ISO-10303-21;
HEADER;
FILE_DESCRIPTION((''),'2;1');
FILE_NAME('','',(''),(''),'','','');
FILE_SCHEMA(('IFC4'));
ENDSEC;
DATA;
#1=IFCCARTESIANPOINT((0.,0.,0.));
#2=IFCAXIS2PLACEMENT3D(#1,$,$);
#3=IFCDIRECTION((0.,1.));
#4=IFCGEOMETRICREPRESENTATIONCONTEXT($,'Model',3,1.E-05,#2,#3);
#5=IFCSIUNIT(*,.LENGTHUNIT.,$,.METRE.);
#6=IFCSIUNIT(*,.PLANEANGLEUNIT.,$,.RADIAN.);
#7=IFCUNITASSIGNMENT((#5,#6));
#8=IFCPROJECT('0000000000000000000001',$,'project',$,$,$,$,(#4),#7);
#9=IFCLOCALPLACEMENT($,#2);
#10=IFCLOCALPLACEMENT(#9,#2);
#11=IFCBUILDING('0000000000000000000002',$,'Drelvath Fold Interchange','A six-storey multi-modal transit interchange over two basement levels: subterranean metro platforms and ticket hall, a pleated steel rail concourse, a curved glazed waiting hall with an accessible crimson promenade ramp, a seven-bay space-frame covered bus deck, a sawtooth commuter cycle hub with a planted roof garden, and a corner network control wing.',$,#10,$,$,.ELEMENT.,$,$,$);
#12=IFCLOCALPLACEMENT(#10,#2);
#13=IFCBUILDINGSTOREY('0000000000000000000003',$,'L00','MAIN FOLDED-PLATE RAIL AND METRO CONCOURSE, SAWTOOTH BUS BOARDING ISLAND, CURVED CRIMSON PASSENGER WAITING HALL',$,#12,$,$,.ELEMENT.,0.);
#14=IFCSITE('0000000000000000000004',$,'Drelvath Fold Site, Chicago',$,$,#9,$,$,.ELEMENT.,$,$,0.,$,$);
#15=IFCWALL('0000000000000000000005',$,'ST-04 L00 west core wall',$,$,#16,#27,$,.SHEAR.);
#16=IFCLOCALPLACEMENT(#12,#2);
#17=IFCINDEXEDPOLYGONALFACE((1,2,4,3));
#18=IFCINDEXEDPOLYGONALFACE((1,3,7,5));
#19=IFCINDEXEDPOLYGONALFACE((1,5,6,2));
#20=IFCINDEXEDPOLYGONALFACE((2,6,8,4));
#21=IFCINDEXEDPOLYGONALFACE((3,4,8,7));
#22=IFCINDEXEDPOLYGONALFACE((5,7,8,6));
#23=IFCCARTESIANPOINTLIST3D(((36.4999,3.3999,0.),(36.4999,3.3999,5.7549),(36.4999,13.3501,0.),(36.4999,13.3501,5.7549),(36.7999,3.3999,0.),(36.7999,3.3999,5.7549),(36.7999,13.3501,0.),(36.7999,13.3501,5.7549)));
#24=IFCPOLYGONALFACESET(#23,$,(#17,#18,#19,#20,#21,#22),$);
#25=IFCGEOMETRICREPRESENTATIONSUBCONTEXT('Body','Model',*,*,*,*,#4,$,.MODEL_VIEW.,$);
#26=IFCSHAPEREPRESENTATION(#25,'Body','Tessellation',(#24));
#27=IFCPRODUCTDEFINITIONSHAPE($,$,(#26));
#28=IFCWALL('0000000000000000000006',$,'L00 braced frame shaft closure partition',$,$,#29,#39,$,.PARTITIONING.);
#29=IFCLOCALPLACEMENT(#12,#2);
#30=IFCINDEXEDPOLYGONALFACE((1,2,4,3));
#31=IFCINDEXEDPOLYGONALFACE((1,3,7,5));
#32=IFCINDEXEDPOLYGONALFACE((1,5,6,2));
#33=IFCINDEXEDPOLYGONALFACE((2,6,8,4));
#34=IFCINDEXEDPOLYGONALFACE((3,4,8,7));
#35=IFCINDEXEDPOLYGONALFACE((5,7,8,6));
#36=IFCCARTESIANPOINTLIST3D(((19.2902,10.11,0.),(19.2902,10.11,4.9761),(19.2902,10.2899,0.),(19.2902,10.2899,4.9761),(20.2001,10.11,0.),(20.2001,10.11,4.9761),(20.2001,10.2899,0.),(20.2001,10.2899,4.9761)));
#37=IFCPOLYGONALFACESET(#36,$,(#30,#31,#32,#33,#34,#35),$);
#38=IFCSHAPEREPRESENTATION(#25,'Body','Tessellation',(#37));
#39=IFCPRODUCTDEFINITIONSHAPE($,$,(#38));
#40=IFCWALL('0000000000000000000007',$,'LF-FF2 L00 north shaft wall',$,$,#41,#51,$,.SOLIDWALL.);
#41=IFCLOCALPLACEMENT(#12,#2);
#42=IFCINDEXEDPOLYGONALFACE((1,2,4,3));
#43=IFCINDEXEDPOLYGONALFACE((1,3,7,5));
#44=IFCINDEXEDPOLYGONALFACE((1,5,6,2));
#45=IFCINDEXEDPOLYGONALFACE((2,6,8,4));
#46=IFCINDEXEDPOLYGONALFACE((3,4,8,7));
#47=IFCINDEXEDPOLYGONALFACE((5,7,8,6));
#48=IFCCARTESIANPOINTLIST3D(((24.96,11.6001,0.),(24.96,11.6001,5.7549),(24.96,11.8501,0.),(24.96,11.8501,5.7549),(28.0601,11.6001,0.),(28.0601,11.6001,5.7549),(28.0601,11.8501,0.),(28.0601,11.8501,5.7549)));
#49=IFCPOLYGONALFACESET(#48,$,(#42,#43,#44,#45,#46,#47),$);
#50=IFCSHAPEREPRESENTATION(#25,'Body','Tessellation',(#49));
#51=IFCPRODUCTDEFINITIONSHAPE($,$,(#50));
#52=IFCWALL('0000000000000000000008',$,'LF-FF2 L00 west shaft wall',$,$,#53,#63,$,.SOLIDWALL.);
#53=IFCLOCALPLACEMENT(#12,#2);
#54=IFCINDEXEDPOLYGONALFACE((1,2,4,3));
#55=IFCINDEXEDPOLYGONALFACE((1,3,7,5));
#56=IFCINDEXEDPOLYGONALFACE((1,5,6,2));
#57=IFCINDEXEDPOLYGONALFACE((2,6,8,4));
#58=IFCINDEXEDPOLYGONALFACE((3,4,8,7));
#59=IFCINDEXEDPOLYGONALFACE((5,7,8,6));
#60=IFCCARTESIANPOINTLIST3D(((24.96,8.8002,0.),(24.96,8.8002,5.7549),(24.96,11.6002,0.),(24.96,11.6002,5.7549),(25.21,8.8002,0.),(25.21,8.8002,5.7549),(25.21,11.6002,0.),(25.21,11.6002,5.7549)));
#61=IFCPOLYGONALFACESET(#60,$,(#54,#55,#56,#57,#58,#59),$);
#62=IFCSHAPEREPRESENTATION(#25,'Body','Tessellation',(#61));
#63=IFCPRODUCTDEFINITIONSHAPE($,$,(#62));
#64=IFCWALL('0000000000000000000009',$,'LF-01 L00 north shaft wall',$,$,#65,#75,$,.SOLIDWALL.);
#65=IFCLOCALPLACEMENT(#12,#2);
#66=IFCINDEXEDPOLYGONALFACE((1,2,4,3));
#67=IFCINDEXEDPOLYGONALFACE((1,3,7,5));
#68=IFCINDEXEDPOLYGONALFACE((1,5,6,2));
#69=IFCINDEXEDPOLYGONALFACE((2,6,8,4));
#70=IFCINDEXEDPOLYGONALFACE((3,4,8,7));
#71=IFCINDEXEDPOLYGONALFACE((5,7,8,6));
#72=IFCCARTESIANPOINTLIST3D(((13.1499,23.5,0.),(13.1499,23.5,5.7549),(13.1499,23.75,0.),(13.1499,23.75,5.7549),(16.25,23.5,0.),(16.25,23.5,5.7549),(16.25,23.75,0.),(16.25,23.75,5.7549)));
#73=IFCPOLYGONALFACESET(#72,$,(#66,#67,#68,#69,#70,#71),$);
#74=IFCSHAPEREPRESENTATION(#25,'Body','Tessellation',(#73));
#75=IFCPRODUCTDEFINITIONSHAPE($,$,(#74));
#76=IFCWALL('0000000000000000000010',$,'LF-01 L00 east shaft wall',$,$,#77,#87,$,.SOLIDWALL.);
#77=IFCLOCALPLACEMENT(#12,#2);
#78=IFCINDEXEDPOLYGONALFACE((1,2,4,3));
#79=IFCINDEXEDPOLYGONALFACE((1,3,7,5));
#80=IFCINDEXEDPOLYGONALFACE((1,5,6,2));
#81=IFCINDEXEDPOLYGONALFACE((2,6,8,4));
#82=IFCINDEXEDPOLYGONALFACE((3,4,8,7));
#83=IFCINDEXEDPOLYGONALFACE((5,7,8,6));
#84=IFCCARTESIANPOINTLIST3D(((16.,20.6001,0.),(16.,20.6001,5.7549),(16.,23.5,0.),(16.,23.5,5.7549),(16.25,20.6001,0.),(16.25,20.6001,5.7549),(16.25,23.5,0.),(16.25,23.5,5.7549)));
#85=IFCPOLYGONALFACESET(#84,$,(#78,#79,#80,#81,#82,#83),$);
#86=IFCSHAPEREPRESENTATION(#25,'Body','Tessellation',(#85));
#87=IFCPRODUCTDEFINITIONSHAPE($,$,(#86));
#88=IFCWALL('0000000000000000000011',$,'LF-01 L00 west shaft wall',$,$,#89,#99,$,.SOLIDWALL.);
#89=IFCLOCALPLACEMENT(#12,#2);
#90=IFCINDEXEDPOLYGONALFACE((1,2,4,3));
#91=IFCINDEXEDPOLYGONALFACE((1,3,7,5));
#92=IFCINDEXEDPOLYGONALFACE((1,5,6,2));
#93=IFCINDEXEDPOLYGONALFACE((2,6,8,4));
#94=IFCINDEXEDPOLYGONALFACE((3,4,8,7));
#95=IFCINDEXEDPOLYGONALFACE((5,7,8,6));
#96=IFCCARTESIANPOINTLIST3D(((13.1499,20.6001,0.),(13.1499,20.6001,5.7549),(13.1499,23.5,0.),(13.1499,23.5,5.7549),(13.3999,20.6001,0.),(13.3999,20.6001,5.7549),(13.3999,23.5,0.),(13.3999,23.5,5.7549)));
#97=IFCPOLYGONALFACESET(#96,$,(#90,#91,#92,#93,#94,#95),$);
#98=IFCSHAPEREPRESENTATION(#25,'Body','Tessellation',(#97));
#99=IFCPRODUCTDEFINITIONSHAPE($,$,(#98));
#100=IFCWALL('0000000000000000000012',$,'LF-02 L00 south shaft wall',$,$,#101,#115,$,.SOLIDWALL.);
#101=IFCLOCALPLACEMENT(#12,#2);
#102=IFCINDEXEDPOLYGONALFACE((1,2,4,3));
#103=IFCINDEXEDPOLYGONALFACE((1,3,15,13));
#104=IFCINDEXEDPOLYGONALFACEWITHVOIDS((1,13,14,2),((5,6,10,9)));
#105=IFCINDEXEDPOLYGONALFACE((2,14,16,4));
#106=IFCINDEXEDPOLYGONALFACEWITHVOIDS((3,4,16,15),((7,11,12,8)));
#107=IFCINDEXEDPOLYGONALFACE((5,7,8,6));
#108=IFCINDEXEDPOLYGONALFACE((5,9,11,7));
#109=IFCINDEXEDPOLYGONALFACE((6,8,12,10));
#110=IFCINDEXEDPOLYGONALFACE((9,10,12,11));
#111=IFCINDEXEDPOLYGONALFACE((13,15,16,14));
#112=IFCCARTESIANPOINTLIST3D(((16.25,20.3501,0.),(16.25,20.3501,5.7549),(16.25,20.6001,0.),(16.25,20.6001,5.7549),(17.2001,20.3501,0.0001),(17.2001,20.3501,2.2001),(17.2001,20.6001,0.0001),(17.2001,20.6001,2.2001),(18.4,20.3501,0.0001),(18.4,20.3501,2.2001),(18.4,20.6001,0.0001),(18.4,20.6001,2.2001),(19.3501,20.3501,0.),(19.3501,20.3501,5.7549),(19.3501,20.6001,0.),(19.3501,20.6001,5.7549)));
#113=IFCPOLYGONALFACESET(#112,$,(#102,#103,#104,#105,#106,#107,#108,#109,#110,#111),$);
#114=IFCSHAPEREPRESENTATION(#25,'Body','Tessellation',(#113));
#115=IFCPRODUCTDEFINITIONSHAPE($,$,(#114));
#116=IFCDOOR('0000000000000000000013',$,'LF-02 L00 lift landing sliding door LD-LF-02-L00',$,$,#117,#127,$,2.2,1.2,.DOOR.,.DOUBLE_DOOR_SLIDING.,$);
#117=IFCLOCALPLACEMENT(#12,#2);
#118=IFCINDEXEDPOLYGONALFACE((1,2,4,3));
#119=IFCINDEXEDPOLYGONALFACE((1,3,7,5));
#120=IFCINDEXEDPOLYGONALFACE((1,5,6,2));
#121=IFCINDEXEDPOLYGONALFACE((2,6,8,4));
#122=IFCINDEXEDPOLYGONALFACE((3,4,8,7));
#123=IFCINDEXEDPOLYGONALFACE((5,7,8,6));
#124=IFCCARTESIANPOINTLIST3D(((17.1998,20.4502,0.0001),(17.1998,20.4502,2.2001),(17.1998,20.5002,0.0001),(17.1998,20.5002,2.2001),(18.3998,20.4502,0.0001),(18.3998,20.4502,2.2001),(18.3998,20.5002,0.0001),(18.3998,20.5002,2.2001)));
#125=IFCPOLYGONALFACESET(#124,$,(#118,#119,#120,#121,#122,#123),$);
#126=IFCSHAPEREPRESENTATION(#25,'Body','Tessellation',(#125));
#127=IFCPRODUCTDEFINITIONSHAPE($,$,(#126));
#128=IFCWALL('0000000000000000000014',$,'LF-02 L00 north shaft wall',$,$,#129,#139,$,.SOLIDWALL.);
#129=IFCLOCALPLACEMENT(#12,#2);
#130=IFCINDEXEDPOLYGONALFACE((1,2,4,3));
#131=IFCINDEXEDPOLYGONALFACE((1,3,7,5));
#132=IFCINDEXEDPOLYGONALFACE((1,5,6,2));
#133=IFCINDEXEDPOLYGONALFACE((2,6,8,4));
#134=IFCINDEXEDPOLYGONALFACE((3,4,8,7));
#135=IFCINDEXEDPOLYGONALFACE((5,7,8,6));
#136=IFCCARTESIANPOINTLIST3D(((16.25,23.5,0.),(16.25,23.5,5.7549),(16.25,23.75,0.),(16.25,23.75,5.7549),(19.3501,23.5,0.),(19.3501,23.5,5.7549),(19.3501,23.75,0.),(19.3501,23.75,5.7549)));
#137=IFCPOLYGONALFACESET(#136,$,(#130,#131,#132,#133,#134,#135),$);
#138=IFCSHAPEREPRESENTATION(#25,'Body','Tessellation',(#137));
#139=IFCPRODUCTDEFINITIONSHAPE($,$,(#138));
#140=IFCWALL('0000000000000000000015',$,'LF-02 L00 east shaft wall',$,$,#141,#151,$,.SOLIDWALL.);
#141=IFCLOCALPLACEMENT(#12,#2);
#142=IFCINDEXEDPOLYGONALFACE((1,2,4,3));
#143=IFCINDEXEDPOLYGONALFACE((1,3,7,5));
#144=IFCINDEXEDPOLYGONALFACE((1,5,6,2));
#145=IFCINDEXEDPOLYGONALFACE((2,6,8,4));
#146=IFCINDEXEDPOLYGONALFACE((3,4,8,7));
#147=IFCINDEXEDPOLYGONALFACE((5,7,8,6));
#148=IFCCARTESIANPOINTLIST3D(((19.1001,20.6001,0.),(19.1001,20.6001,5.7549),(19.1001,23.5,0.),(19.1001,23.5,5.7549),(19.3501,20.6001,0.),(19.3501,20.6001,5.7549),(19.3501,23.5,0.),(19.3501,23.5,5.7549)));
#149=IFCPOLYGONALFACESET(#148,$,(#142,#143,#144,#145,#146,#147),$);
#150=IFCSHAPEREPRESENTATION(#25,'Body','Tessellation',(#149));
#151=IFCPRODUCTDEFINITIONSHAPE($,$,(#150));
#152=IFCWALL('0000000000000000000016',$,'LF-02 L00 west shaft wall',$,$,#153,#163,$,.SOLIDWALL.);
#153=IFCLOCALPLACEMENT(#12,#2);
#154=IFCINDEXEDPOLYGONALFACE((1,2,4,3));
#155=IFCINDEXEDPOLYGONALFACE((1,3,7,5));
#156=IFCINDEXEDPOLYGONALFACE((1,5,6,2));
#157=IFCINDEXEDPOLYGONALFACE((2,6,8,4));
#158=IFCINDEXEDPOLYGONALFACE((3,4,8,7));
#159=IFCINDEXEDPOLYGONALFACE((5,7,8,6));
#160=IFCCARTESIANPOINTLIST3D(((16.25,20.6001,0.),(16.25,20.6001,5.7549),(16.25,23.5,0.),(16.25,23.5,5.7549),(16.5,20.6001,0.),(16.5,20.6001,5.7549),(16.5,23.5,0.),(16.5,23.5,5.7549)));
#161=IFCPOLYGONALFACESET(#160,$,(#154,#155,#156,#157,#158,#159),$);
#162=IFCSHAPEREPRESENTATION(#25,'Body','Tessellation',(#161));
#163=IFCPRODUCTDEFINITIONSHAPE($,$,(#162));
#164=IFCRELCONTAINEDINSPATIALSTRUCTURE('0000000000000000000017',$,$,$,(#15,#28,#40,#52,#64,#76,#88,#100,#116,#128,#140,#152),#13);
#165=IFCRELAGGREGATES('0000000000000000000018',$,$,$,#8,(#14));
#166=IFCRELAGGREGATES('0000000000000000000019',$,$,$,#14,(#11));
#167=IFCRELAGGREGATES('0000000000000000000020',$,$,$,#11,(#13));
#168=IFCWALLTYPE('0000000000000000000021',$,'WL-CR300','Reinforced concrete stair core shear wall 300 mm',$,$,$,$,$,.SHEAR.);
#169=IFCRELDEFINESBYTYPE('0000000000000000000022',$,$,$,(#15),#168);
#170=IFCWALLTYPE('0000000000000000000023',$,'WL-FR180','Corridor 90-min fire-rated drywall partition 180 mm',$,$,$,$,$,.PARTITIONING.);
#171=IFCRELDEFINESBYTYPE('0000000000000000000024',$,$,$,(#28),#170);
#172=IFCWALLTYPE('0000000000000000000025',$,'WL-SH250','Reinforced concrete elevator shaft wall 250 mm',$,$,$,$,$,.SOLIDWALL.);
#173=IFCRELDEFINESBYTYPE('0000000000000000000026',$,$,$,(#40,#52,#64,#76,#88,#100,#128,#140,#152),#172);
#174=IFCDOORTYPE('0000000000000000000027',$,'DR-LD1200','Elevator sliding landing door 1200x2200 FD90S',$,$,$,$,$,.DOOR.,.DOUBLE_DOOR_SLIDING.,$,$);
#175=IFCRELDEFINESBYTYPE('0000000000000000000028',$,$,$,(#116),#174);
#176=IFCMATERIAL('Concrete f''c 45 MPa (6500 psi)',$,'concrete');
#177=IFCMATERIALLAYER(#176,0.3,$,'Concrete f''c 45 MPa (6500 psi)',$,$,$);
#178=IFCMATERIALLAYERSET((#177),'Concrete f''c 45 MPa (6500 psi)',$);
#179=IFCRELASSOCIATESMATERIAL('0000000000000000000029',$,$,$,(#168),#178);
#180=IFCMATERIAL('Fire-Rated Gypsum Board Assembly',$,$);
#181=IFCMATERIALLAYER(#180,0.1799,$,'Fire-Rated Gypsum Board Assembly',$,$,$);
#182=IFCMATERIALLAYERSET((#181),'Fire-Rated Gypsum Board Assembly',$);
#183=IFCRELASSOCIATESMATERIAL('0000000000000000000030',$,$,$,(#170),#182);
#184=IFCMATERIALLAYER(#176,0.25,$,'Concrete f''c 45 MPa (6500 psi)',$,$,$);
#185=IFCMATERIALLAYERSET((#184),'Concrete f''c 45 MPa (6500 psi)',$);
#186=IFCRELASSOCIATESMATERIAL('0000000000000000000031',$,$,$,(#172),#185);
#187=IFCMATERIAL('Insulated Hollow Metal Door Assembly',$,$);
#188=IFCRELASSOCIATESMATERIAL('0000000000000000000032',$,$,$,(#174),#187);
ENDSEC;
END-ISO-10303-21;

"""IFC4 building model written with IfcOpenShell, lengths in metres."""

from ifc_helpers import new_model, si_unit, direction, frame, frame_2d, origin, place, context, subcontext, project, spatial, rectangle, extrude, material, layer, layer_set, type_object, element, fill, save


model = new_model("IFC4")

# Units and contexts
model_context = context("Model", 3, precision=1e-05, world=origin(), true_north=direction((0.0, 1.0)))
body_context = subcontext(model_context, "Body", "Model", "MODEL_VIEW")
ifc_project = project(units=[si_unit("LENGTHUNIT", "METRE"), si_unit("PLANEANGLEUNIT", "RADIAN")], contexts=[model_context])

# Site, building, storey
site_placement = place(None, origin())
site = spatial("IfcSite", under=ifc_project, at=site_placement, Name="Drelvath Fold Site, Chicago", CompositionType="ELEMENT", RefElevation=0.0)
building_placement = place(site_placement, origin())
building = spatial("IfcBuilding", under=site, at=building_placement, Name="Drelvath Fold Interchange", Description="A six-storey multi-modal transit interchange over two basement levels: subterranean metro platforms and ticket hall, a pleated steel rail concourse, a curved glazed waiting hall with an accessible crimson promenade ramp, a seven-bay space-frame covered bus deck, a sawtooth commuter cycle hub with a planted roof garden, and a corner network control wing.", CompositionType="ELEMENT")
storey_placement = place(building_placement, origin())
storey = spatial("IfcBuildingStorey", under=building, at=storey_placement, Name="L00", Description="MAIN FOLDED-PLATE RAIL AND METRO CONCOURSE, SAWTOOTH BUS BOARDING ISLAND, CURVED CRIMSON PASSENGER WAITING HALL", CompositionType="ELEMENT", Elevation=0.0)

# Walls
ifc_material_1 = material(Name="Concrete f'c 45 MPa (6500 psi)", Category="concrete")
ifc_layer_1 = layer(ifc_material_1, 0.3, Name="Concrete f'c 45 MPa (6500 psi)")
ifc_layer_set_1 = layer_set([ifc_layer_1], Name="Concrete f'c 45 MPa (6500 psi)")
wall_type_1 = type_object("IfcWallType", Name="WL-CR300", Description="Reinforced concrete stair core shear wall 300 mm", PredefinedType="SHEAR", material=ifc_layer_set_1)
wall_1_placement = place(storey_placement, frame((36.6499, 13.3501, 0.0), z_axis=(0.0, 0.0, 1.0), x_axis=(0.0, -1.0, 0.0)))
element("IfcWall", 1, at=wall_1_placement, inside=storey, type_object=wall_type_1, Name="ST-04 L00 west core wall", PredefinedType="SHEAR", context=body_context, shape_type="SweptSolid", body=[
    extrude(rectangle(XDim=9.9502, YDim=0.3, at=frame_2d((4.9751, 0.0))), origin(), (0.0, 0.0, 1.0), 5.7549),
])
ifc_material_2 = material(Name="Fire-Rated Gypsum Board Assembly")
ifc_layer_2 = layer(ifc_material_2, 0.1799, Name="Fire-Rated Gypsum Board Assembly")
ifc_layer_set_2 = layer_set([ifc_layer_2], Name="Fire-Rated Gypsum Board Assembly")
wall_type_2 = type_object("IfcWallType", Name="WL-FR180", Description="Corridor 90-min fire-rated drywall partition 180 mm", PredefinedType="PARTITIONING", material=ifc_layer_set_2)
wall_2_placement = place(storey_placement, frame((19.29, 10.2, 0.0), z_axis=(0.0, 0.0, 1.0), x_axis=(1.0, 0.0, 0.0)))
element("IfcWall", 2, at=wall_2_placement, inside=storey, type_object=wall_type_2, Name="L00 braced frame shaft closure partition", PredefinedType="PARTITIONING", context=body_context, shape_type="SweptSolid", body=[
    extrude(rectangle(XDim=0.9099, YDim=0.1799, at=frame_2d((0.4551, 0.0))), origin(), (0.0, 0.0, 1.0), 4.9761),
])
ifc_layer_3 = layer(ifc_material_1, 0.25, Name="Concrete f'c 45 MPa (6500 psi)")
ifc_layer_set_3 = layer_set([ifc_layer_3], Name="Concrete f'c 45 MPa (6500 psi)")
wall_type_3 = type_object("IfcWallType", Name="WL-SH250", Description="Reinforced concrete elevator shaft wall 250 mm", PredefinedType="SOLIDWALL", material=ifc_layer_set_3)
wall_3_placement = place(storey_placement, frame((28.0601, 11.7251, 0.0), z_axis=(0.0, 0.0, 1.0), x_axis=(-1.0, 0.0, 0.0)))
element("IfcWall", 3, at=wall_3_placement, inside=storey, type_object=wall_type_3, Name="LF-FF2 L00 north shaft wall", PredefinedType="SOLIDWALL", context=body_context, shape_type="SweptSolid", body=[
    extrude(rectangle(XDim=3.1001, YDim=0.25, at=frame_2d((1.55, 0.0))), origin(), (0.0, 0.0, 1.0), 5.7549),
])
wall_4_placement = place(storey_placement, frame((25.085, 11.6001, 0.0), z_axis=(0.0, 0.0, 1.0), x_axis=(0.0, -1.0, 0.0)))
element("IfcWall", 4, at=wall_4_placement, inside=storey, type_object=wall_type_3, Name="LF-FF2 L00 west shaft wall", PredefinedType="SOLIDWALL", context=body_context, shape_type="SweptSolid", body=[
    extrude(rectangle(XDim=2.8, YDim=0.25, at=frame_2d((1.3999, 0.0))), origin(), (0.0, 0.0, 1.0), 5.7549),
])
wall_5_placement = place(storey_placement, frame((16.25, 23.625, 0.0), z_axis=(0.0, 0.0, 1.0), x_axis=(-1.0, 0.0, 0.0)))
element("IfcWall", 5, at=wall_5_placement, inside=storey, type_object=wall_type_3, Name="LF-01 L00 north shaft wall", PredefinedType="SOLIDWALL", context=body_context, shape_type="SweptSolid", body=[
    extrude(rectangle(XDim=3.1001, YDim=0.25, at=frame_2d((1.55, 0.0))), origin(), (0.0, 0.0, 1.0), 5.7549),
])
for number, where, z_axis, x_axis, name in (
    (6, (16.125, 20.6001, 0.0), (0.0, 0.0, 1.0), (0.0, 1.0, 0.0), "LF-01 L00 east shaft wall"),
    (7, (13.2749, 23.5, 0.0), (0.0, 0.0, 1.0), (0.0, -1.0, 0.0), "LF-01 L00 west shaft wall"),
):
    element("IfcWall", number, at=place(storey_placement, frame(where, z_axis=z_axis, x_axis=x_axis)), inside=storey, type_object=wall_type_3, Name=name, PredefinedType="SOLIDWALL", context=body_context, shape_type="SweptSolid", body=[
        extrude(rectangle(XDim=2.8999, YDim=0.25, at=frame_2d((1.45, 0.0))), origin(), (0.0, 0.0, 1.0), 5.7549),
    ])

# Wall, opening, door
wall_6_placement = place(storey_placement, frame((16.25, 20.4751, 0.0), z_axis=(0.0, 0.0, 1.0), x_axis=(1.0, 0.0, 0.0)))
wall_6 = element("IfcWall", 8, at=wall_6_placement, inside=storey, type_object=wall_type_3, Name="LF-02 L00 south shaft wall", PredefinedType="SOLIDWALL", context=body_context, shape_type="SweptSolid", body=[
    extrude(rectangle(XDim=3.1001, YDim=0.25, at=frame_2d((1.55, 0.0))), origin(), (0.0, 0.0, 1.0), 5.7549),
])
opening_placement = place(wall_6_placement, frame((0.95, 0.0, 0.0)))
opening = element("IfcOpeningElement", 9, at=opening_placement, cuts=wall_6, PredefinedType="OPENING", context=body_context, shape_type="SweptSolid", body=[
    extrude(rectangle(XDim=1.2, YDim=2.2, at=frame_2d((0.6001, 1.1001))), frame((0.0, 0.135, 0.0), z_axis=(0.0, -1.0, 0.0), x_axis=(1.0, 0.0, 0.0)), (0.0, 0.0, 1.0), 0.27),
])
ifc_material_3 = material(Name="Insulated Hollow Metal Door Assembly")
door_type = type_object("IfcDoorType", Name="DR-LD1200", Description="Elevator sliding landing door 1200x2200 FD90S", OperationType="DOUBLE_DOOR_SLIDING", PredefinedType="DOOR", material=ifc_material_3)
door_placement = place(opening_placement, frame((1.2, 0.0, 0.0), z_axis=(0.0, 0.0, 1.0), x_axis=(-1.0, 0.0, 0.0)))
door = element("IfcDoor", 10, at=door_placement, inside=storey, type_object=door_type, Name="LF-02 L00 lift landing sliding door LD-LF-02-L00", OperationType="DOUBLE_DOOR_SLIDING", OverallHeight=2.2, OverallWidth=1.2, PredefinedType="DOOR", context=body_context, shape_type="SweptSolid", body=[
    extrude(rectangle(XDim=1.2, YDim=2.2, at=frame_2d((0.6001, 1.1001))), frame((0.0, 0.0249, 0.0), z_axis=(0.0, -1.0, 0.0), x_axis=(1.0, 0.0, 0.0)), (0.0, 0.0, 1.0), 0.05),
])
fill(opening, door)

# Walls
wall_7_placement = place(storey_placement, frame((19.3501, 23.625, 0.0), z_axis=(0.0, 0.0, 1.0), x_axis=(-1.0, 0.0, 0.0)))
element("IfcWall", 11, at=wall_7_placement, inside=storey, type_object=wall_type_3, Name="LF-02 L00 north shaft wall", PredefinedType="SOLIDWALL", context=body_context, shape_type="SweptSolid", body=[
    extrude(rectangle(XDim=3.1001, YDim=0.25, at=frame_2d((1.55, 0.0))), origin(), (0.0, 0.0, 1.0), 5.7549),
])
for number, where, z_axis, x_axis, name in (
    (12, (19.2251, 20.6001, 0.0), (0.0, 0.0, 1.0), (0.0, 1.0, 0.0), "LF-02 L00 east shaft wall"),
    (13, (16.375, 23.5, 0.0), (0.0, 0.0, 1.0), (0.0, -1.0, 0.0), "LF-02 L00 west shaft wall"),
):
    element("IfcWall", number, at=place(storey_placement, frame(where, z_axis=z_axis, x_axis=x_axis)), inside=storey, type_object=wall_type_3, Name=name, PredefinedType="SOLIDWALL", context=body_context, shape_type="SweptSolid", body=[
        extrude(rectangle(XDim=2.8999, YDim=0.25, at=frame_2d((1.45, 0.0))), origin(), (0.0, 0.0, 1.0), 5.7549),
    ])

save(model, "model.ifc")
